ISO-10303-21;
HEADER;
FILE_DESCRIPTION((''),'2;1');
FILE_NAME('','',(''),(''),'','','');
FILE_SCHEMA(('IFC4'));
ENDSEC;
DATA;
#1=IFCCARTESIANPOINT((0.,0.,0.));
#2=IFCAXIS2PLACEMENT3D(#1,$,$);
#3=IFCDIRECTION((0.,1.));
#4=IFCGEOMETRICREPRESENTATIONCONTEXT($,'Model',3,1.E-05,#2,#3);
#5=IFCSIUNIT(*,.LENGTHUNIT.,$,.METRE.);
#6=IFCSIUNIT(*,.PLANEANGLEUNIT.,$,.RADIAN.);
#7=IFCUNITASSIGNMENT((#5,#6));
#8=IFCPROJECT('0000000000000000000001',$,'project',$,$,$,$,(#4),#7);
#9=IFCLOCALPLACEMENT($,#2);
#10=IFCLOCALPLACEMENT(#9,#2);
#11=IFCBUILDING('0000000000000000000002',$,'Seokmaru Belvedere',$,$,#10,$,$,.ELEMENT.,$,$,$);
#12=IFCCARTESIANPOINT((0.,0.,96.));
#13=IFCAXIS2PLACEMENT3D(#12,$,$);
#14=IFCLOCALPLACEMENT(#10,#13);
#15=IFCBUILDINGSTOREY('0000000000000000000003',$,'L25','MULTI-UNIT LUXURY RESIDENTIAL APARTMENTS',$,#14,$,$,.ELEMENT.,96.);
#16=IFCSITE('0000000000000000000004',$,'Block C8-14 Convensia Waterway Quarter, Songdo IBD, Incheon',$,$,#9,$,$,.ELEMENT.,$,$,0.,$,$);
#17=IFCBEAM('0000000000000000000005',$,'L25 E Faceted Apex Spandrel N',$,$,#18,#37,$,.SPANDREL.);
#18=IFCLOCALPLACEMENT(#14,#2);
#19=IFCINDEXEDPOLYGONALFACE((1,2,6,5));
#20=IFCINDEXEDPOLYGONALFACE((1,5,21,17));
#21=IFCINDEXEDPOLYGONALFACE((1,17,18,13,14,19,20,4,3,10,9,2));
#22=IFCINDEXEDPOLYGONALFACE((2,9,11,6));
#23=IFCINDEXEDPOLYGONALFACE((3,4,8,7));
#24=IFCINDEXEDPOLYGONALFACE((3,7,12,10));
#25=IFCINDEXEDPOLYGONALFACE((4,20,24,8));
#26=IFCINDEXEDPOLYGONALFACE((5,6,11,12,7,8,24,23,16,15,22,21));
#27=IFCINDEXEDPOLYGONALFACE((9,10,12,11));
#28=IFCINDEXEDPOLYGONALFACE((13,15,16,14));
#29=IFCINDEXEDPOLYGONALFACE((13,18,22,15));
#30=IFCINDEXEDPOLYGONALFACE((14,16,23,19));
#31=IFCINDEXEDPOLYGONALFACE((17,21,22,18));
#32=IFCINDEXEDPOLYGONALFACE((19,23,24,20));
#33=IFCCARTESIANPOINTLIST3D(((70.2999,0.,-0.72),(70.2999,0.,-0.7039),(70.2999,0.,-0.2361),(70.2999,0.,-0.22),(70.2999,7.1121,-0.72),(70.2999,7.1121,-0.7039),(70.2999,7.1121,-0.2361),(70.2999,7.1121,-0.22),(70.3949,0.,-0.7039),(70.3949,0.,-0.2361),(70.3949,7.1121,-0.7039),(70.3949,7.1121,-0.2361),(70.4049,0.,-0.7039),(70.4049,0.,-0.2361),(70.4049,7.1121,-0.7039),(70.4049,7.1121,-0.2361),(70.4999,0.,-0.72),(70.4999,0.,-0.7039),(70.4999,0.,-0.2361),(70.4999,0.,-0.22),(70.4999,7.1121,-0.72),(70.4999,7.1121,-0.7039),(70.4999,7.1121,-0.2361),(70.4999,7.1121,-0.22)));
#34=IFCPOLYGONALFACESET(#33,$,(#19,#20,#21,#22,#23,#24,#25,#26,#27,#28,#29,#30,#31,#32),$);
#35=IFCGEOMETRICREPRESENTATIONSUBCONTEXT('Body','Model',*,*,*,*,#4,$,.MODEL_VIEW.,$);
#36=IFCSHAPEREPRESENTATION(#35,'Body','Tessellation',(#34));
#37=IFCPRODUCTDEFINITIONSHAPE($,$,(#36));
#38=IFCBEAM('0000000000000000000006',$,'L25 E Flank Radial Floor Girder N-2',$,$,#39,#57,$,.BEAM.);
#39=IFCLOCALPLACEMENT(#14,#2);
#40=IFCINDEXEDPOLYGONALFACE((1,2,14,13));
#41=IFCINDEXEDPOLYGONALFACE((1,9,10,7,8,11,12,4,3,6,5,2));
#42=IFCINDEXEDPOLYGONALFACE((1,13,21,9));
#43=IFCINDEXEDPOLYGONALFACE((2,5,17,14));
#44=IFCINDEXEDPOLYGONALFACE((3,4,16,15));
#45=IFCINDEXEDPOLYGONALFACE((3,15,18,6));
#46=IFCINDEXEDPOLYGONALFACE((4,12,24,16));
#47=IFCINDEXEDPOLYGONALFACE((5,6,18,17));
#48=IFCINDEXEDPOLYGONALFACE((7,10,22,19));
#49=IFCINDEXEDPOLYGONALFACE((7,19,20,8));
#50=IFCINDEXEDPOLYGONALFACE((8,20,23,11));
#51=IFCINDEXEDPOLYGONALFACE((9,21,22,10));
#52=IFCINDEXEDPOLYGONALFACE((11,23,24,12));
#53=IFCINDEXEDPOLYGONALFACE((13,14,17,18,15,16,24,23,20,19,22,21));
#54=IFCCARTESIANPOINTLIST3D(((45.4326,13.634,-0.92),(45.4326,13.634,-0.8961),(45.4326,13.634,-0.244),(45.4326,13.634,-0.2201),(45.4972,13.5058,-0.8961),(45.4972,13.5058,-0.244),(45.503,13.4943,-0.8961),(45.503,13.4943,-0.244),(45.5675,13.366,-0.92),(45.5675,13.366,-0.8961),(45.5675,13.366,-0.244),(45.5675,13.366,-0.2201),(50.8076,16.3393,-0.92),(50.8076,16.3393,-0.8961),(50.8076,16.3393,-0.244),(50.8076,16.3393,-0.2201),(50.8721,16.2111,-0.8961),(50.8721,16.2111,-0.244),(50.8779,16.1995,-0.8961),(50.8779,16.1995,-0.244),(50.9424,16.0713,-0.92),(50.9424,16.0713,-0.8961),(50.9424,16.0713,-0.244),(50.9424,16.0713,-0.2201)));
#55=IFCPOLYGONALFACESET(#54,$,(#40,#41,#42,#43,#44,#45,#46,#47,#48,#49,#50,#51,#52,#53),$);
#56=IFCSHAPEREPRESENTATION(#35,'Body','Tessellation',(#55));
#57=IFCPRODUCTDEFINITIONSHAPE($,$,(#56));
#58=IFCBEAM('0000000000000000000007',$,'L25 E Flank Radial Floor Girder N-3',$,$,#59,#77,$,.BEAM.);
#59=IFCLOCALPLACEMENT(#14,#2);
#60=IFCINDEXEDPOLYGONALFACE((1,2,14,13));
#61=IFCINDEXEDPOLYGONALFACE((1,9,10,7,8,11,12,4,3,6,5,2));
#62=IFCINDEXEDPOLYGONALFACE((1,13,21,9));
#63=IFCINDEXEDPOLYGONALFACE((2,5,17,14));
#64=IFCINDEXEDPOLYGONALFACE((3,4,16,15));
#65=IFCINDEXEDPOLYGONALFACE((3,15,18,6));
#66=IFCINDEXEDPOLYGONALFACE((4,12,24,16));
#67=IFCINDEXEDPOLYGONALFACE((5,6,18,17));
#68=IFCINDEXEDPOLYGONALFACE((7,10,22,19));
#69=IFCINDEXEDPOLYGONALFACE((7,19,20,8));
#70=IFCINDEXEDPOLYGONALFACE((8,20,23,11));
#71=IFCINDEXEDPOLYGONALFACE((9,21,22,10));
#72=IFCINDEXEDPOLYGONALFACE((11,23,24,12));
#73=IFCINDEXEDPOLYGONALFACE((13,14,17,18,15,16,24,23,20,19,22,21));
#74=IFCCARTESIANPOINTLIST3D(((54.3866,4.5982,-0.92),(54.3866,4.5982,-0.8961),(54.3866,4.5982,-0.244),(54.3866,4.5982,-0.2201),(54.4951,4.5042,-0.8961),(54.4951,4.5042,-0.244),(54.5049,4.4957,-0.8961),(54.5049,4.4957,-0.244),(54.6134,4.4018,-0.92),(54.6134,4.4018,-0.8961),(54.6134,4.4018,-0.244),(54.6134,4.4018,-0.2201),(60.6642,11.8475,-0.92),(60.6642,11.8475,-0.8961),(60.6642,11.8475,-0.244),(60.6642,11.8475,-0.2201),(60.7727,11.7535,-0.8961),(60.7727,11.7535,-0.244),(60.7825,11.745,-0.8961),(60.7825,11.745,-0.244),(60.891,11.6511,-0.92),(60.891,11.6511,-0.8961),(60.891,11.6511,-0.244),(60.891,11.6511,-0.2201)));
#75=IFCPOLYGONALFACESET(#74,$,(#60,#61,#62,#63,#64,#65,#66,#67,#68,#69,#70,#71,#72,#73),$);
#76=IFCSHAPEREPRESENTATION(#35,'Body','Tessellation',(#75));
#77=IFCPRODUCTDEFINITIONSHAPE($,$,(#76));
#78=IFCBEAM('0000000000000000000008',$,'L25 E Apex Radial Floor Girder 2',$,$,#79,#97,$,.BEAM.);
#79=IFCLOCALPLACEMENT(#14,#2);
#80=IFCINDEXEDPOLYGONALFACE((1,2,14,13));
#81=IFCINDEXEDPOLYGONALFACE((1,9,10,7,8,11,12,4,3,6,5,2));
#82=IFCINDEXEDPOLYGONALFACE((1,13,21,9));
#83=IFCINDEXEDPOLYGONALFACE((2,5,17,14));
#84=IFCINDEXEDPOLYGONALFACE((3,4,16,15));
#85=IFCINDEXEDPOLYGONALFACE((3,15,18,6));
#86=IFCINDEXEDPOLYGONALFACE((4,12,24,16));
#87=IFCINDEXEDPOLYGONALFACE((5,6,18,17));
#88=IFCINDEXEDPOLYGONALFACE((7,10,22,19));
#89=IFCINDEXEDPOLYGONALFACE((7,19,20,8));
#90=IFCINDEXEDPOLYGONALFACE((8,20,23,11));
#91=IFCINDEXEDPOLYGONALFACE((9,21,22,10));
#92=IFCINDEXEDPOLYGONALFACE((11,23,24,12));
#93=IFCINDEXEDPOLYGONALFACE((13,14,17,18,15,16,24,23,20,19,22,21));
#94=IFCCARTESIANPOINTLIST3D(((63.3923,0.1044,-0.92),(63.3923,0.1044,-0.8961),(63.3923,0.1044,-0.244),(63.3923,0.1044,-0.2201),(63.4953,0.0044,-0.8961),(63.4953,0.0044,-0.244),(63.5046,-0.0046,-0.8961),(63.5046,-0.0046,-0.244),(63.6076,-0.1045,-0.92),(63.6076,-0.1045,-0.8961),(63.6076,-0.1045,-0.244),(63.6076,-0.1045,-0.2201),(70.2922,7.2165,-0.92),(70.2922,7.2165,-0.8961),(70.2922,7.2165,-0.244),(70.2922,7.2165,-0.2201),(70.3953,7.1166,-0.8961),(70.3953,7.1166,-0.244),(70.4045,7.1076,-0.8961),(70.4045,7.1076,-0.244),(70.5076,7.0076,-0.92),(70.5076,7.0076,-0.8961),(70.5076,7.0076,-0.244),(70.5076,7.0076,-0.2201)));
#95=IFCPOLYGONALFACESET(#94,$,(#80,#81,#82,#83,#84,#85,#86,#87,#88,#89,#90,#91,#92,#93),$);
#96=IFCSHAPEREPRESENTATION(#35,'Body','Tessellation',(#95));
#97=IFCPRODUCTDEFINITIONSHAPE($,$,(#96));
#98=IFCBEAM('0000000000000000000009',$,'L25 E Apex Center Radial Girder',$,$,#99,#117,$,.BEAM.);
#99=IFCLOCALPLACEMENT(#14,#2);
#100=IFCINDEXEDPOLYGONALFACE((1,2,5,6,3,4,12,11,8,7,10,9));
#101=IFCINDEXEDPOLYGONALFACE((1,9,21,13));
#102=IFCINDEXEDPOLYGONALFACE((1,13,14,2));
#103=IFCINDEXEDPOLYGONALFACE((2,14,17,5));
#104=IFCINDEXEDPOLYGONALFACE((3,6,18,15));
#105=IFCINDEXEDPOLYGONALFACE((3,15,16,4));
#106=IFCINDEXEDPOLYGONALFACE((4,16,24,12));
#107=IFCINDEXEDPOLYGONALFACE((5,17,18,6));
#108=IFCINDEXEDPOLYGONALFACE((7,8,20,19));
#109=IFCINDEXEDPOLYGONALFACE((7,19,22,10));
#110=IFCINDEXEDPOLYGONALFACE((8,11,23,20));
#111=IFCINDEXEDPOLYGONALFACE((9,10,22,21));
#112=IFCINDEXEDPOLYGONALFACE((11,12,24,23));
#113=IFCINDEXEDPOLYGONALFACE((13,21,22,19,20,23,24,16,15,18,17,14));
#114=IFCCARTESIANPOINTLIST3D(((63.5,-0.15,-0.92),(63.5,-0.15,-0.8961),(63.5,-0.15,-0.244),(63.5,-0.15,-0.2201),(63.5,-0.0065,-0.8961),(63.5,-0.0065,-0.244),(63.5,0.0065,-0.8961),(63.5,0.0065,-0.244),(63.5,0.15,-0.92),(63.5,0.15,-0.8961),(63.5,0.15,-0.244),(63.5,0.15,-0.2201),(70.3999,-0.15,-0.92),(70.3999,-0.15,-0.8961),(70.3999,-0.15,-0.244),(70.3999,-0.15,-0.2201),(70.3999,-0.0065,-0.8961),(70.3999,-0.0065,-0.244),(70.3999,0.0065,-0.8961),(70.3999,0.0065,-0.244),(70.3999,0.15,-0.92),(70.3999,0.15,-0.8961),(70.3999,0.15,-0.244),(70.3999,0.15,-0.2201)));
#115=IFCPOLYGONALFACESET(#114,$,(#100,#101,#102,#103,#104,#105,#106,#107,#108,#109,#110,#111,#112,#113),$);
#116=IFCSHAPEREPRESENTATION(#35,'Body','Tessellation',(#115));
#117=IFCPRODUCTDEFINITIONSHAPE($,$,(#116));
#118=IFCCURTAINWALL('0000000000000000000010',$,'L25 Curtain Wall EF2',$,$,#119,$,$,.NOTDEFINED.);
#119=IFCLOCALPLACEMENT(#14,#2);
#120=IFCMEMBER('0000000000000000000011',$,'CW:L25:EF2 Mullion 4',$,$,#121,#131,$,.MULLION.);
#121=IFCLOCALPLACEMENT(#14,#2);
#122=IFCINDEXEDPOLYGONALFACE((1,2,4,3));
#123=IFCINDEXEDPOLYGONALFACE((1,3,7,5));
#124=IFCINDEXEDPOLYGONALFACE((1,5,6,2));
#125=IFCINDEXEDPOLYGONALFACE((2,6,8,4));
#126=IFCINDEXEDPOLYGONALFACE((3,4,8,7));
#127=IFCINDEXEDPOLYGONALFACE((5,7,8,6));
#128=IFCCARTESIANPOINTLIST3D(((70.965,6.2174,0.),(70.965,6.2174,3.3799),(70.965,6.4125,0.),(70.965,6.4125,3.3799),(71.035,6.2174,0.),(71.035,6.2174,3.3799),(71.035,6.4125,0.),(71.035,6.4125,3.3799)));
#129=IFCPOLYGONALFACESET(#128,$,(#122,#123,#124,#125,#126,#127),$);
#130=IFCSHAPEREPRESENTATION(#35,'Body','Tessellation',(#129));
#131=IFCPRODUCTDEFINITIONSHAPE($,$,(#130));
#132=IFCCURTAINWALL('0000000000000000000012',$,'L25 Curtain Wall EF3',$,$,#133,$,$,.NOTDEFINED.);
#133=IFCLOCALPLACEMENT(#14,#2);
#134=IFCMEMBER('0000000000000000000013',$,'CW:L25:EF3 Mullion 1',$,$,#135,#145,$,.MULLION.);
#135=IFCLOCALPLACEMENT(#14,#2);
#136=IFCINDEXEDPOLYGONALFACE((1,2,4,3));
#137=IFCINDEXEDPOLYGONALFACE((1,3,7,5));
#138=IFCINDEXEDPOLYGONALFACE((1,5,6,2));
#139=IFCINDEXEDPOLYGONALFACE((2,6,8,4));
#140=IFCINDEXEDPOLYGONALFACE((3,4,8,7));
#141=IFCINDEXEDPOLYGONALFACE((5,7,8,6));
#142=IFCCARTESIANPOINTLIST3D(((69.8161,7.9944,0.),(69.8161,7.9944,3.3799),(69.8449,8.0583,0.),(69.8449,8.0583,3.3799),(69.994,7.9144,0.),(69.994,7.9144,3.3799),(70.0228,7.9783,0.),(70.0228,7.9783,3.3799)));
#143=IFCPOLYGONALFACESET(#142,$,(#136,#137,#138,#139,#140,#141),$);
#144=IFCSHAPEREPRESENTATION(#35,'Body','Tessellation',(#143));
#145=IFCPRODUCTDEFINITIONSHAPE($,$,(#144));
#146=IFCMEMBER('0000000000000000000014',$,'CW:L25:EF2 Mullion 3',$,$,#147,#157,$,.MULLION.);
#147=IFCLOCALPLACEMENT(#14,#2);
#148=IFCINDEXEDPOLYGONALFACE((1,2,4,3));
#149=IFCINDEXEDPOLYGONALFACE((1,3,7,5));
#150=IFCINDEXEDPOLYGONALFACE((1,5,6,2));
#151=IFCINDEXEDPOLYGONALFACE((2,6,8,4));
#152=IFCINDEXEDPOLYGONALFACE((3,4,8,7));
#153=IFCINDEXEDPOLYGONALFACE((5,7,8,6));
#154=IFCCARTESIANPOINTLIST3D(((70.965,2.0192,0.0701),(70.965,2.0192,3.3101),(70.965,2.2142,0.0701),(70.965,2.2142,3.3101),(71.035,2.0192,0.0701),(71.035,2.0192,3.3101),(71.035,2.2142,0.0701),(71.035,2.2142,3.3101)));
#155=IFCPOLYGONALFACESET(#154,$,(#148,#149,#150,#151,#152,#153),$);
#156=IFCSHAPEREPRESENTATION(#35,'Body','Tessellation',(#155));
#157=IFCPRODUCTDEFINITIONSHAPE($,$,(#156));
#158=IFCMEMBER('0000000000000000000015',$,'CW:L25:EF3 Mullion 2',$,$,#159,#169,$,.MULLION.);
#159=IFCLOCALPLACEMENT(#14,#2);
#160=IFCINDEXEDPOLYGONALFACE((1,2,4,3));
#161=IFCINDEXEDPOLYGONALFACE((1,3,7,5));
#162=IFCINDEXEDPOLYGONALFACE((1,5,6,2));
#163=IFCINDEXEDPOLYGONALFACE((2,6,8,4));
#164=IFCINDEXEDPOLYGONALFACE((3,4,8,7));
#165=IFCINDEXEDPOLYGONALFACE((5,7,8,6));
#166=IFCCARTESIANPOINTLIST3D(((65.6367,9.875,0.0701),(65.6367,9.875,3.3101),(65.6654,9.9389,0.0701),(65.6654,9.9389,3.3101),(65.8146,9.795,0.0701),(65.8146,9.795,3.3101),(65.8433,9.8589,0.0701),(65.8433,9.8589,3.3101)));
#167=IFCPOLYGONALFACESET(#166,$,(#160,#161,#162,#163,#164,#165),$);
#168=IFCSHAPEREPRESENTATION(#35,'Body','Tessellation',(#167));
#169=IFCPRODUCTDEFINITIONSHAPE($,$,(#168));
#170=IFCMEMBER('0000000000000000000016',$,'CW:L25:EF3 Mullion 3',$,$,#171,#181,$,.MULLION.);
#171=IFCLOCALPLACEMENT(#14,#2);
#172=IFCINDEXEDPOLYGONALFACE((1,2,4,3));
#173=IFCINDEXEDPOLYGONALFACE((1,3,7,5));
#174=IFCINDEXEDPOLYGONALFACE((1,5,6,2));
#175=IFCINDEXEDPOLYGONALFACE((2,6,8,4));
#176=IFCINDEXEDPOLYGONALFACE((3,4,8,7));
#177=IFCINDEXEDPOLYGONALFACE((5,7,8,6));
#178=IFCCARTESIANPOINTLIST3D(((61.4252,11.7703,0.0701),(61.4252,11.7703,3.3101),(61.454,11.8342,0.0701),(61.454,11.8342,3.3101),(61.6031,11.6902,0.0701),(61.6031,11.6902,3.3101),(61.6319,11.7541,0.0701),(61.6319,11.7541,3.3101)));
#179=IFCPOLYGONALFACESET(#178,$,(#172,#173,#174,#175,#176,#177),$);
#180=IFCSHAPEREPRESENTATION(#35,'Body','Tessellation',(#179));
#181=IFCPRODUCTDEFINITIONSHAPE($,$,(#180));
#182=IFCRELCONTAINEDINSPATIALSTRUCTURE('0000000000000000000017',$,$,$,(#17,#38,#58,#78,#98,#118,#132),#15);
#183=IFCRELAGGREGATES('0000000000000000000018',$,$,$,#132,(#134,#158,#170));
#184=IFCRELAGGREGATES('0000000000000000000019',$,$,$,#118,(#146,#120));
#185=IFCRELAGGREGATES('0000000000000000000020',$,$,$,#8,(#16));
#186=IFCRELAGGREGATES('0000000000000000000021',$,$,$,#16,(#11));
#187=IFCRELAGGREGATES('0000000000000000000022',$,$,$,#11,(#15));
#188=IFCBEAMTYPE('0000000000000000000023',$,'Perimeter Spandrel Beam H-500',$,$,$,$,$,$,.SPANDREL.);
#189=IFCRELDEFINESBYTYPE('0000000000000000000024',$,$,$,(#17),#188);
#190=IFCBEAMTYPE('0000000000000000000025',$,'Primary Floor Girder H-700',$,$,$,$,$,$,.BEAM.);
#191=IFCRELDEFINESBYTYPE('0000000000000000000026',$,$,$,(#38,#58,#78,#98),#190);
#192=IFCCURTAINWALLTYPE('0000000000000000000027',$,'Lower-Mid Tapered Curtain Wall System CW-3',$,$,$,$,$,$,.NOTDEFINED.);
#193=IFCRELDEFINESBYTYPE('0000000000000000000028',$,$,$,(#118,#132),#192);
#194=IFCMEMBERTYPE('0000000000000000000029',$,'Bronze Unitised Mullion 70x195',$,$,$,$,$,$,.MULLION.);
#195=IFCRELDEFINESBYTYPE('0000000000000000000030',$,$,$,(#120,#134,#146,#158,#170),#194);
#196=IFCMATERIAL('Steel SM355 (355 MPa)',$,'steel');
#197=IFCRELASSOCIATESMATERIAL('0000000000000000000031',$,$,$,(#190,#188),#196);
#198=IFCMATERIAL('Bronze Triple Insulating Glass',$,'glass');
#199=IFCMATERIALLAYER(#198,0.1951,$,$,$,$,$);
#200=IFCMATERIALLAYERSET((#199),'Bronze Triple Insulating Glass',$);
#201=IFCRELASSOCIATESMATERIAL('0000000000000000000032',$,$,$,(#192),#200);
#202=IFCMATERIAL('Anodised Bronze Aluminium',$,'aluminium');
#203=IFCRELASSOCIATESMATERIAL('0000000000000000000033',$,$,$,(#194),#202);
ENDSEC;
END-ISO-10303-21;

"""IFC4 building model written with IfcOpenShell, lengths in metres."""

from ifc_helpers import new_model, si_unit, direction, frame, origin, origin_2d, place, context, subcontext, project, spatial, rectangle, i_section, extrude, source, transform, mapped, material, layer, layer_set, material_profile, profile_set, type_object, type_shapes, element, aggregate, save


model = new_model("IFC4")

# Units and contexts
model_context = context("Model", 3, precision=1e-05, world=origin(), true_north=direction((0.0, 1.0)))
body_context = subcontext(model_context, "Body", "Model", "MODEL_VIEW")
ifc_project = project(units=[si_unit("LENGTHUNIT", "METRE"), si_unit("PLANEANGLEUNIT", "RADIAN")], contexts=[model_context])

# Site, building, storey
site_placement = place(None, origin())
site = spatial("IfcSite", under=ifc_project, at=site_placement, Name="Block C8-14 Convensia Waterway Quarter, Songdo IBD, Incheon", CompositionType="ELEMENT", RefElevation=0.0)
building_placement = place(site_placement, origin())
building = spatial("IfcBuilding", under=site, at=building_placement, Name="Seokmaru Belvedere", CompositionType="ELEMENT")
storey_placement = place(building_placement, frame((0.0, 0.0, 96.0)))
storey = spatial("IfcBuildingStorey", under=building, at=storey_placement, Name="L25", Description="MULTI-UNIT LUXURY RESIDENTIAL APARTMENTS", CompositionType="ELEMENT", Elevation=96.0)

# Shared definitions
ifc_material_1 = material(Name="Steel SM355 (355 MPa)", Category="steel")

# Beams
ifc_material_profile_1 = material_profile(ifc_material_1, i_section(OverallWidth=0.3, OverallDepth=0.7, WebThickness=0.0129, FlangeThickness=0.0239, at=origin_2d()), Name="H-700x300x13x24")
ifc_profile_set_1 = profile_set([ifc_material_profile_1], Name="Steel SM355 (355 MPa)")
beam_type_1 = type_object("IfcBeamType", Name="Primary Floor Girder H-700", PredefinedType="BEAM", material=ifc_profile_set_1)
ifc_material_profile_2 = material_profile(ifc_material_1, i_section(OverallWidth=0.2, OverallDepth=0.5, WebThickness=0.01, FlangeThickness=0.0161, at=origin_2d()), Name="H-500x200x10x16")
ifc_profile_set_2 = profile_set([ifc_material_profile_2], Name="Steel SM355 (355 MPa)")
beam_type_2 = type_object("IfcBeamType", Name="Perimeter Spandrel Beam H-500", PredefinedType="SPANDREL", material=ifc_profile_set_2)
shared_shape_1 = source(origin(), body_context, "Body", "SweptSolid", [
    extrude(i_section(OverallWidth=0.2, OverallDepth=0.5, WebThickness=0.01, FlangeThickness=0.0161, at=origin_2d()), origin(), (0.0, 0.0, 1.0), 7.1121),
])
beam_1_placement = place(storey_placement, frame((70.3999, 0.0, -0.47), z_axis=(0.0, 1.0, 0.0), x_axis=(-1.0, 0.0, 0.0)))
element("IfcBeam", 1, at=beam_1_placement, inside=storey, type_object=beam_type_2, Name="L25 E Faceted Apex Spandrel N", PredefinedType="SPANDREL", context=body_context, shape_type="MappedRepresentation", body=[
    mapped(shared_shape_1, transform((0.0, 0.0, 0.0), scale=1.0)),
])
shared_shape_2 = source(origin(), body_context, "Body", "SweptSolid", [
    extrude(i_section(OverallWidth=0.3, OverallDepth=0.7, WebThickness=0.0129, FlangeThickness=0.0239, at=origin_2d()), origin(), (0.0, 0.0, 1.0), 6.0173),
])
beam_2_placement = place(storey_placement, frame((50.875, 16.2053, -0.5701), z_axis=(-0.893239, -0.449581, 0.0), x_axis=(0.449581, -0.893239, 0.0)))
element("IfcBeam", 2, at=beam_2_placement, inside=storey, type_object=beam_type_1, Name="L25 E Flank Radial Floor Girder N-2", PredefinedType="BEAM", context=body_context, shape_type="MappedRepresentation", body=[
    mapped(shared_shape_2, transform((0.0, 0.0, 0.0), scale=1.0)),
])
shared_shape_3 = source(origin(), body_context, "Body", "SweptSolid", [
    extrude(i_section(OverallWidth=0.3, OverallDepth=0.7, WebThickness=0.0129, FlangeThickness=0.0239, at=origin_2d()), origin(), (0.0, 0.0, 1.0), 9.5896),
])
beam_3_placement = place(storey_placement, frame((60.7776, 11.7493, -0.5701), z_axis=(-0.654626, -0.755953, 0.0), x_axis=(0.755953, -0.654626, 0.0)))
element("IfcBeam", 3, at=beam_3_placement, inside=storey, type_object=beam_type_1, Name="L25 E Flank Radial Floor Girder N-3", PredefinedType="BEAM", context=body_context, shape_type="MappedRepresentation", body=[
    mapped(shared_shape_3, transform((0.0, 0.0, 0.0), scale=1.0)),
])
shared_shape_4 = source(origin(), body_context, "Body", "SweptSolid", [
    extrude(i_section(OverallWidth=0.3, OverallDepth=0.7, WebThickness=0.0129, FlangeThickness=0.0239, at=origin_2d()), origin(), (0.0, 0.0, 1.0), 9.9092),
])
beam_4_placement = place(storey_placement, frame((70.3999, 7.1121, -0.5701), z_axis=(-0.696321, -0.717731, 0.0), x_axis=(0.717731, -0.696321, 0.0)))
element("IfcBeam", 4, at=beam_4_placement, inside=storey, type_object=beam_type_1, Name="L25 E Apex Radial Floor Girder 2", PredefinedType="BEAM", context=body_context, shape_type="MappedRepresentation", body=[
    mapped(shared_shape_4, transform((0.0, 0.0, 0.0), scale=1.0)),
])
shared_shape_5 = source(origin(), body_context, "Body", "SweptSolid", [
    extrude(i_section(OverallWidth=0.3, OverallDepth=0.7, WebThickness=0.0129, FlangeThickness=0.0239, at=origin_2d()), origin(), (0.0, 0.0, 1.0), 6.8999),
])
beam_5_placement = place(storey_placement, frame((70.3999, 0.0, -0.5701), z_axis=(-1.0, 0.0, 0.0), x_axis=(0.0, -1.0, 0.0)))
element("IfcBeam", 5, at=beam_5_placement, inside=storey, type_object=beam_type_1, Name="L25 E Apex Center Radial Girder", PredefinedType="BEAM", context=body_context, shape_type="MappedRepresentation", body=[
    mapped(shared_shape_5, transform((0.0, 0.0, 0.0), scale=1.0)),
])

# Curtain walls, members
ifc_material_2 = material(Name="Bronze Triple Insulating Glass", Category="glass")
ifc_layer_1 = layer(ifc_material_2, 0.1951)
ifc_layer_set_1 = layer_set([ifc_layer_1], Name="Bronze Triple Insulating Glass")
curtain_wall_type = type_object("IfcCurtainWallType", Name="Lower-Mid Tapered Curtain Wall System CW-3", PredefinedType="NOTDEFINED", material=ifc_layer_set_1)
curtain_wall_1_placement = place(storey_placement, origin())
curtain_wall_1 = element("IfcCurtainWall", 6, at=curtain_wall_1_placement, inside=storey, type_object=curtain_wall_type, Name="L25 Curtain Wall EF2", PredefinedType="NOTDEFINED")
ifc_material_3 = material(Name="Anodised Bronze Aluminium", Category="aluminium")
ifc_material_profile_3 = material_profile(ifc_material_3, rectangle(XDim=0.0701, YDim=0.1951, at=origin_2d()), Name="CW-M-70x195")
ifc_profile_set_3 = profile_set([ifc_material_profile_3], Name="Anodised Bronze Aluminium")
member_type_1 = type_object("IfcMemberType", Name="Bronze Unitised Mullion 70x195", PredefinedType="MULLION", material=ifc_profile_set_3)
shared_shape_6 = source(origin(), body_context, "Body", "SweptSolid", [
    extrude(rectangle(XDim=0.0701, YDim=0.1951, at=origin_2d()), origin(), (0.0, 0.0, 1.0), 3.3799),
])
member_1_placement = place(storey_placement, frame((71.0, 6.3149, 0.0), z_axis=(0.0, 0.0, 1.0), x_axis=(-1.0, 0.0, 0.0)))
member_1 = element("IfcMember", 7, at=member_1_placement, type_object=member_type_1, Name="CW:L25:EF2 Mullion 4", PredefinedType="MULLION", context=body_context, shape_type="MappedRepresentation", body=[
    mapped(shared_shape_6, transform((0.0, 0.0, 0.0), scale=1.0)),
])
curtain_wall_2_placement = place(storey_placement, origin())
curtain_wall_2 = element("IfcCurtainWall", 8, at=curtain_wall_2_placement, inside=storey, type_object=curtain_wall_type, Name="L25 Curtain Wall EF3", PredefinedType="NOTDEFINED")
member_2_placement = place(storey_placement, frame((69.9194, 7.9863, 0.0), z_axis=(0.0, 0.0, 1.0), x_axis=(-0.410366, -0.911921, 0.0)))
member_2 = element("IfcMember", 9, at=member_2_placement, type_object=member_type_1, Name="CW:L25:EF3 Mullion 1", PredefinedType="MULLION", context=body_context, shape_type="MappedRepresentation", body=[
    mapped(shared_shape_6, transform((0.0, 0.0, 0.0), scale=1.0)),
])

# Members
shared_shape_7 = source(origin(), body_context, "Body", "SweptSolid", [
    extrude(rectangle(XDim=0.0701, YDim=0.1951, at=origin_2d()), origin(), (0.0, 0.0, 1.0), 3.24),
])
type_shapes(member_type_1, [shared_shape_6, shared_shape_7])
member_3_placement = place(storey_placement, frame((71.0, 2.1167, 0.0701), z_axis=(0.0, 0.0, 1.0), x_axis=(-1.0, 0.0, 0.0)))
member_3 = element("IfcMember", 10, at=member_3_placement, type_object=member_type_1, Name="CW:L25:EF2 Mullion 3", PredefinedType="MULLION", context=body_context, shape_type="MappedRepresentation", body=[
    mapped(shared_shape_7, transform((0.0, 0.0, 0.0), scale=1.0)),
])
member_4_placement = place(storey_placement, frame((65.74, 9.8669, 0.0701), z_axis=(0.0, 0.0, 1.0), x_axis=(-0.410366, -0.911921, 0.0)))
member_4 = element("IfcMember", 11, at=member_4_placement, type_object=member_type_1, Name="CW:L25:EF3 Mullion 2", PredefinedType="MULLION", context=body_context, shape_type="MappedRepresentation", body=[
    mapped(shared_shape_7, transform((0.0, 0.0, 0.0), scale=1.0)),
])
member_5_placement = place(storey_placement, frame((61.5286, 11.7622, 0.0701), z_axis=(0.0, 0.0, 1.0), x_axis=(-0.410366, -0.911921, 0.0)))
member_5 = element("IfcMember", 12, at=member_5_placement, type_object=member_type_1, Name="CW:L25:EF3 Mullion 3", PredefinedType="MULLION", context=body_context, shape_type="MappedRepresentation", body=[
    mapped(shared_shape_7, transform((0.0, 0.0, 0.0), scale=1.0)),
])

aggregate(curtain_wall_2, [member_2, member_4, member_5])
aggregate(curtain_wall_1, [member_3, member_1])

save(model, "model.ifc")
